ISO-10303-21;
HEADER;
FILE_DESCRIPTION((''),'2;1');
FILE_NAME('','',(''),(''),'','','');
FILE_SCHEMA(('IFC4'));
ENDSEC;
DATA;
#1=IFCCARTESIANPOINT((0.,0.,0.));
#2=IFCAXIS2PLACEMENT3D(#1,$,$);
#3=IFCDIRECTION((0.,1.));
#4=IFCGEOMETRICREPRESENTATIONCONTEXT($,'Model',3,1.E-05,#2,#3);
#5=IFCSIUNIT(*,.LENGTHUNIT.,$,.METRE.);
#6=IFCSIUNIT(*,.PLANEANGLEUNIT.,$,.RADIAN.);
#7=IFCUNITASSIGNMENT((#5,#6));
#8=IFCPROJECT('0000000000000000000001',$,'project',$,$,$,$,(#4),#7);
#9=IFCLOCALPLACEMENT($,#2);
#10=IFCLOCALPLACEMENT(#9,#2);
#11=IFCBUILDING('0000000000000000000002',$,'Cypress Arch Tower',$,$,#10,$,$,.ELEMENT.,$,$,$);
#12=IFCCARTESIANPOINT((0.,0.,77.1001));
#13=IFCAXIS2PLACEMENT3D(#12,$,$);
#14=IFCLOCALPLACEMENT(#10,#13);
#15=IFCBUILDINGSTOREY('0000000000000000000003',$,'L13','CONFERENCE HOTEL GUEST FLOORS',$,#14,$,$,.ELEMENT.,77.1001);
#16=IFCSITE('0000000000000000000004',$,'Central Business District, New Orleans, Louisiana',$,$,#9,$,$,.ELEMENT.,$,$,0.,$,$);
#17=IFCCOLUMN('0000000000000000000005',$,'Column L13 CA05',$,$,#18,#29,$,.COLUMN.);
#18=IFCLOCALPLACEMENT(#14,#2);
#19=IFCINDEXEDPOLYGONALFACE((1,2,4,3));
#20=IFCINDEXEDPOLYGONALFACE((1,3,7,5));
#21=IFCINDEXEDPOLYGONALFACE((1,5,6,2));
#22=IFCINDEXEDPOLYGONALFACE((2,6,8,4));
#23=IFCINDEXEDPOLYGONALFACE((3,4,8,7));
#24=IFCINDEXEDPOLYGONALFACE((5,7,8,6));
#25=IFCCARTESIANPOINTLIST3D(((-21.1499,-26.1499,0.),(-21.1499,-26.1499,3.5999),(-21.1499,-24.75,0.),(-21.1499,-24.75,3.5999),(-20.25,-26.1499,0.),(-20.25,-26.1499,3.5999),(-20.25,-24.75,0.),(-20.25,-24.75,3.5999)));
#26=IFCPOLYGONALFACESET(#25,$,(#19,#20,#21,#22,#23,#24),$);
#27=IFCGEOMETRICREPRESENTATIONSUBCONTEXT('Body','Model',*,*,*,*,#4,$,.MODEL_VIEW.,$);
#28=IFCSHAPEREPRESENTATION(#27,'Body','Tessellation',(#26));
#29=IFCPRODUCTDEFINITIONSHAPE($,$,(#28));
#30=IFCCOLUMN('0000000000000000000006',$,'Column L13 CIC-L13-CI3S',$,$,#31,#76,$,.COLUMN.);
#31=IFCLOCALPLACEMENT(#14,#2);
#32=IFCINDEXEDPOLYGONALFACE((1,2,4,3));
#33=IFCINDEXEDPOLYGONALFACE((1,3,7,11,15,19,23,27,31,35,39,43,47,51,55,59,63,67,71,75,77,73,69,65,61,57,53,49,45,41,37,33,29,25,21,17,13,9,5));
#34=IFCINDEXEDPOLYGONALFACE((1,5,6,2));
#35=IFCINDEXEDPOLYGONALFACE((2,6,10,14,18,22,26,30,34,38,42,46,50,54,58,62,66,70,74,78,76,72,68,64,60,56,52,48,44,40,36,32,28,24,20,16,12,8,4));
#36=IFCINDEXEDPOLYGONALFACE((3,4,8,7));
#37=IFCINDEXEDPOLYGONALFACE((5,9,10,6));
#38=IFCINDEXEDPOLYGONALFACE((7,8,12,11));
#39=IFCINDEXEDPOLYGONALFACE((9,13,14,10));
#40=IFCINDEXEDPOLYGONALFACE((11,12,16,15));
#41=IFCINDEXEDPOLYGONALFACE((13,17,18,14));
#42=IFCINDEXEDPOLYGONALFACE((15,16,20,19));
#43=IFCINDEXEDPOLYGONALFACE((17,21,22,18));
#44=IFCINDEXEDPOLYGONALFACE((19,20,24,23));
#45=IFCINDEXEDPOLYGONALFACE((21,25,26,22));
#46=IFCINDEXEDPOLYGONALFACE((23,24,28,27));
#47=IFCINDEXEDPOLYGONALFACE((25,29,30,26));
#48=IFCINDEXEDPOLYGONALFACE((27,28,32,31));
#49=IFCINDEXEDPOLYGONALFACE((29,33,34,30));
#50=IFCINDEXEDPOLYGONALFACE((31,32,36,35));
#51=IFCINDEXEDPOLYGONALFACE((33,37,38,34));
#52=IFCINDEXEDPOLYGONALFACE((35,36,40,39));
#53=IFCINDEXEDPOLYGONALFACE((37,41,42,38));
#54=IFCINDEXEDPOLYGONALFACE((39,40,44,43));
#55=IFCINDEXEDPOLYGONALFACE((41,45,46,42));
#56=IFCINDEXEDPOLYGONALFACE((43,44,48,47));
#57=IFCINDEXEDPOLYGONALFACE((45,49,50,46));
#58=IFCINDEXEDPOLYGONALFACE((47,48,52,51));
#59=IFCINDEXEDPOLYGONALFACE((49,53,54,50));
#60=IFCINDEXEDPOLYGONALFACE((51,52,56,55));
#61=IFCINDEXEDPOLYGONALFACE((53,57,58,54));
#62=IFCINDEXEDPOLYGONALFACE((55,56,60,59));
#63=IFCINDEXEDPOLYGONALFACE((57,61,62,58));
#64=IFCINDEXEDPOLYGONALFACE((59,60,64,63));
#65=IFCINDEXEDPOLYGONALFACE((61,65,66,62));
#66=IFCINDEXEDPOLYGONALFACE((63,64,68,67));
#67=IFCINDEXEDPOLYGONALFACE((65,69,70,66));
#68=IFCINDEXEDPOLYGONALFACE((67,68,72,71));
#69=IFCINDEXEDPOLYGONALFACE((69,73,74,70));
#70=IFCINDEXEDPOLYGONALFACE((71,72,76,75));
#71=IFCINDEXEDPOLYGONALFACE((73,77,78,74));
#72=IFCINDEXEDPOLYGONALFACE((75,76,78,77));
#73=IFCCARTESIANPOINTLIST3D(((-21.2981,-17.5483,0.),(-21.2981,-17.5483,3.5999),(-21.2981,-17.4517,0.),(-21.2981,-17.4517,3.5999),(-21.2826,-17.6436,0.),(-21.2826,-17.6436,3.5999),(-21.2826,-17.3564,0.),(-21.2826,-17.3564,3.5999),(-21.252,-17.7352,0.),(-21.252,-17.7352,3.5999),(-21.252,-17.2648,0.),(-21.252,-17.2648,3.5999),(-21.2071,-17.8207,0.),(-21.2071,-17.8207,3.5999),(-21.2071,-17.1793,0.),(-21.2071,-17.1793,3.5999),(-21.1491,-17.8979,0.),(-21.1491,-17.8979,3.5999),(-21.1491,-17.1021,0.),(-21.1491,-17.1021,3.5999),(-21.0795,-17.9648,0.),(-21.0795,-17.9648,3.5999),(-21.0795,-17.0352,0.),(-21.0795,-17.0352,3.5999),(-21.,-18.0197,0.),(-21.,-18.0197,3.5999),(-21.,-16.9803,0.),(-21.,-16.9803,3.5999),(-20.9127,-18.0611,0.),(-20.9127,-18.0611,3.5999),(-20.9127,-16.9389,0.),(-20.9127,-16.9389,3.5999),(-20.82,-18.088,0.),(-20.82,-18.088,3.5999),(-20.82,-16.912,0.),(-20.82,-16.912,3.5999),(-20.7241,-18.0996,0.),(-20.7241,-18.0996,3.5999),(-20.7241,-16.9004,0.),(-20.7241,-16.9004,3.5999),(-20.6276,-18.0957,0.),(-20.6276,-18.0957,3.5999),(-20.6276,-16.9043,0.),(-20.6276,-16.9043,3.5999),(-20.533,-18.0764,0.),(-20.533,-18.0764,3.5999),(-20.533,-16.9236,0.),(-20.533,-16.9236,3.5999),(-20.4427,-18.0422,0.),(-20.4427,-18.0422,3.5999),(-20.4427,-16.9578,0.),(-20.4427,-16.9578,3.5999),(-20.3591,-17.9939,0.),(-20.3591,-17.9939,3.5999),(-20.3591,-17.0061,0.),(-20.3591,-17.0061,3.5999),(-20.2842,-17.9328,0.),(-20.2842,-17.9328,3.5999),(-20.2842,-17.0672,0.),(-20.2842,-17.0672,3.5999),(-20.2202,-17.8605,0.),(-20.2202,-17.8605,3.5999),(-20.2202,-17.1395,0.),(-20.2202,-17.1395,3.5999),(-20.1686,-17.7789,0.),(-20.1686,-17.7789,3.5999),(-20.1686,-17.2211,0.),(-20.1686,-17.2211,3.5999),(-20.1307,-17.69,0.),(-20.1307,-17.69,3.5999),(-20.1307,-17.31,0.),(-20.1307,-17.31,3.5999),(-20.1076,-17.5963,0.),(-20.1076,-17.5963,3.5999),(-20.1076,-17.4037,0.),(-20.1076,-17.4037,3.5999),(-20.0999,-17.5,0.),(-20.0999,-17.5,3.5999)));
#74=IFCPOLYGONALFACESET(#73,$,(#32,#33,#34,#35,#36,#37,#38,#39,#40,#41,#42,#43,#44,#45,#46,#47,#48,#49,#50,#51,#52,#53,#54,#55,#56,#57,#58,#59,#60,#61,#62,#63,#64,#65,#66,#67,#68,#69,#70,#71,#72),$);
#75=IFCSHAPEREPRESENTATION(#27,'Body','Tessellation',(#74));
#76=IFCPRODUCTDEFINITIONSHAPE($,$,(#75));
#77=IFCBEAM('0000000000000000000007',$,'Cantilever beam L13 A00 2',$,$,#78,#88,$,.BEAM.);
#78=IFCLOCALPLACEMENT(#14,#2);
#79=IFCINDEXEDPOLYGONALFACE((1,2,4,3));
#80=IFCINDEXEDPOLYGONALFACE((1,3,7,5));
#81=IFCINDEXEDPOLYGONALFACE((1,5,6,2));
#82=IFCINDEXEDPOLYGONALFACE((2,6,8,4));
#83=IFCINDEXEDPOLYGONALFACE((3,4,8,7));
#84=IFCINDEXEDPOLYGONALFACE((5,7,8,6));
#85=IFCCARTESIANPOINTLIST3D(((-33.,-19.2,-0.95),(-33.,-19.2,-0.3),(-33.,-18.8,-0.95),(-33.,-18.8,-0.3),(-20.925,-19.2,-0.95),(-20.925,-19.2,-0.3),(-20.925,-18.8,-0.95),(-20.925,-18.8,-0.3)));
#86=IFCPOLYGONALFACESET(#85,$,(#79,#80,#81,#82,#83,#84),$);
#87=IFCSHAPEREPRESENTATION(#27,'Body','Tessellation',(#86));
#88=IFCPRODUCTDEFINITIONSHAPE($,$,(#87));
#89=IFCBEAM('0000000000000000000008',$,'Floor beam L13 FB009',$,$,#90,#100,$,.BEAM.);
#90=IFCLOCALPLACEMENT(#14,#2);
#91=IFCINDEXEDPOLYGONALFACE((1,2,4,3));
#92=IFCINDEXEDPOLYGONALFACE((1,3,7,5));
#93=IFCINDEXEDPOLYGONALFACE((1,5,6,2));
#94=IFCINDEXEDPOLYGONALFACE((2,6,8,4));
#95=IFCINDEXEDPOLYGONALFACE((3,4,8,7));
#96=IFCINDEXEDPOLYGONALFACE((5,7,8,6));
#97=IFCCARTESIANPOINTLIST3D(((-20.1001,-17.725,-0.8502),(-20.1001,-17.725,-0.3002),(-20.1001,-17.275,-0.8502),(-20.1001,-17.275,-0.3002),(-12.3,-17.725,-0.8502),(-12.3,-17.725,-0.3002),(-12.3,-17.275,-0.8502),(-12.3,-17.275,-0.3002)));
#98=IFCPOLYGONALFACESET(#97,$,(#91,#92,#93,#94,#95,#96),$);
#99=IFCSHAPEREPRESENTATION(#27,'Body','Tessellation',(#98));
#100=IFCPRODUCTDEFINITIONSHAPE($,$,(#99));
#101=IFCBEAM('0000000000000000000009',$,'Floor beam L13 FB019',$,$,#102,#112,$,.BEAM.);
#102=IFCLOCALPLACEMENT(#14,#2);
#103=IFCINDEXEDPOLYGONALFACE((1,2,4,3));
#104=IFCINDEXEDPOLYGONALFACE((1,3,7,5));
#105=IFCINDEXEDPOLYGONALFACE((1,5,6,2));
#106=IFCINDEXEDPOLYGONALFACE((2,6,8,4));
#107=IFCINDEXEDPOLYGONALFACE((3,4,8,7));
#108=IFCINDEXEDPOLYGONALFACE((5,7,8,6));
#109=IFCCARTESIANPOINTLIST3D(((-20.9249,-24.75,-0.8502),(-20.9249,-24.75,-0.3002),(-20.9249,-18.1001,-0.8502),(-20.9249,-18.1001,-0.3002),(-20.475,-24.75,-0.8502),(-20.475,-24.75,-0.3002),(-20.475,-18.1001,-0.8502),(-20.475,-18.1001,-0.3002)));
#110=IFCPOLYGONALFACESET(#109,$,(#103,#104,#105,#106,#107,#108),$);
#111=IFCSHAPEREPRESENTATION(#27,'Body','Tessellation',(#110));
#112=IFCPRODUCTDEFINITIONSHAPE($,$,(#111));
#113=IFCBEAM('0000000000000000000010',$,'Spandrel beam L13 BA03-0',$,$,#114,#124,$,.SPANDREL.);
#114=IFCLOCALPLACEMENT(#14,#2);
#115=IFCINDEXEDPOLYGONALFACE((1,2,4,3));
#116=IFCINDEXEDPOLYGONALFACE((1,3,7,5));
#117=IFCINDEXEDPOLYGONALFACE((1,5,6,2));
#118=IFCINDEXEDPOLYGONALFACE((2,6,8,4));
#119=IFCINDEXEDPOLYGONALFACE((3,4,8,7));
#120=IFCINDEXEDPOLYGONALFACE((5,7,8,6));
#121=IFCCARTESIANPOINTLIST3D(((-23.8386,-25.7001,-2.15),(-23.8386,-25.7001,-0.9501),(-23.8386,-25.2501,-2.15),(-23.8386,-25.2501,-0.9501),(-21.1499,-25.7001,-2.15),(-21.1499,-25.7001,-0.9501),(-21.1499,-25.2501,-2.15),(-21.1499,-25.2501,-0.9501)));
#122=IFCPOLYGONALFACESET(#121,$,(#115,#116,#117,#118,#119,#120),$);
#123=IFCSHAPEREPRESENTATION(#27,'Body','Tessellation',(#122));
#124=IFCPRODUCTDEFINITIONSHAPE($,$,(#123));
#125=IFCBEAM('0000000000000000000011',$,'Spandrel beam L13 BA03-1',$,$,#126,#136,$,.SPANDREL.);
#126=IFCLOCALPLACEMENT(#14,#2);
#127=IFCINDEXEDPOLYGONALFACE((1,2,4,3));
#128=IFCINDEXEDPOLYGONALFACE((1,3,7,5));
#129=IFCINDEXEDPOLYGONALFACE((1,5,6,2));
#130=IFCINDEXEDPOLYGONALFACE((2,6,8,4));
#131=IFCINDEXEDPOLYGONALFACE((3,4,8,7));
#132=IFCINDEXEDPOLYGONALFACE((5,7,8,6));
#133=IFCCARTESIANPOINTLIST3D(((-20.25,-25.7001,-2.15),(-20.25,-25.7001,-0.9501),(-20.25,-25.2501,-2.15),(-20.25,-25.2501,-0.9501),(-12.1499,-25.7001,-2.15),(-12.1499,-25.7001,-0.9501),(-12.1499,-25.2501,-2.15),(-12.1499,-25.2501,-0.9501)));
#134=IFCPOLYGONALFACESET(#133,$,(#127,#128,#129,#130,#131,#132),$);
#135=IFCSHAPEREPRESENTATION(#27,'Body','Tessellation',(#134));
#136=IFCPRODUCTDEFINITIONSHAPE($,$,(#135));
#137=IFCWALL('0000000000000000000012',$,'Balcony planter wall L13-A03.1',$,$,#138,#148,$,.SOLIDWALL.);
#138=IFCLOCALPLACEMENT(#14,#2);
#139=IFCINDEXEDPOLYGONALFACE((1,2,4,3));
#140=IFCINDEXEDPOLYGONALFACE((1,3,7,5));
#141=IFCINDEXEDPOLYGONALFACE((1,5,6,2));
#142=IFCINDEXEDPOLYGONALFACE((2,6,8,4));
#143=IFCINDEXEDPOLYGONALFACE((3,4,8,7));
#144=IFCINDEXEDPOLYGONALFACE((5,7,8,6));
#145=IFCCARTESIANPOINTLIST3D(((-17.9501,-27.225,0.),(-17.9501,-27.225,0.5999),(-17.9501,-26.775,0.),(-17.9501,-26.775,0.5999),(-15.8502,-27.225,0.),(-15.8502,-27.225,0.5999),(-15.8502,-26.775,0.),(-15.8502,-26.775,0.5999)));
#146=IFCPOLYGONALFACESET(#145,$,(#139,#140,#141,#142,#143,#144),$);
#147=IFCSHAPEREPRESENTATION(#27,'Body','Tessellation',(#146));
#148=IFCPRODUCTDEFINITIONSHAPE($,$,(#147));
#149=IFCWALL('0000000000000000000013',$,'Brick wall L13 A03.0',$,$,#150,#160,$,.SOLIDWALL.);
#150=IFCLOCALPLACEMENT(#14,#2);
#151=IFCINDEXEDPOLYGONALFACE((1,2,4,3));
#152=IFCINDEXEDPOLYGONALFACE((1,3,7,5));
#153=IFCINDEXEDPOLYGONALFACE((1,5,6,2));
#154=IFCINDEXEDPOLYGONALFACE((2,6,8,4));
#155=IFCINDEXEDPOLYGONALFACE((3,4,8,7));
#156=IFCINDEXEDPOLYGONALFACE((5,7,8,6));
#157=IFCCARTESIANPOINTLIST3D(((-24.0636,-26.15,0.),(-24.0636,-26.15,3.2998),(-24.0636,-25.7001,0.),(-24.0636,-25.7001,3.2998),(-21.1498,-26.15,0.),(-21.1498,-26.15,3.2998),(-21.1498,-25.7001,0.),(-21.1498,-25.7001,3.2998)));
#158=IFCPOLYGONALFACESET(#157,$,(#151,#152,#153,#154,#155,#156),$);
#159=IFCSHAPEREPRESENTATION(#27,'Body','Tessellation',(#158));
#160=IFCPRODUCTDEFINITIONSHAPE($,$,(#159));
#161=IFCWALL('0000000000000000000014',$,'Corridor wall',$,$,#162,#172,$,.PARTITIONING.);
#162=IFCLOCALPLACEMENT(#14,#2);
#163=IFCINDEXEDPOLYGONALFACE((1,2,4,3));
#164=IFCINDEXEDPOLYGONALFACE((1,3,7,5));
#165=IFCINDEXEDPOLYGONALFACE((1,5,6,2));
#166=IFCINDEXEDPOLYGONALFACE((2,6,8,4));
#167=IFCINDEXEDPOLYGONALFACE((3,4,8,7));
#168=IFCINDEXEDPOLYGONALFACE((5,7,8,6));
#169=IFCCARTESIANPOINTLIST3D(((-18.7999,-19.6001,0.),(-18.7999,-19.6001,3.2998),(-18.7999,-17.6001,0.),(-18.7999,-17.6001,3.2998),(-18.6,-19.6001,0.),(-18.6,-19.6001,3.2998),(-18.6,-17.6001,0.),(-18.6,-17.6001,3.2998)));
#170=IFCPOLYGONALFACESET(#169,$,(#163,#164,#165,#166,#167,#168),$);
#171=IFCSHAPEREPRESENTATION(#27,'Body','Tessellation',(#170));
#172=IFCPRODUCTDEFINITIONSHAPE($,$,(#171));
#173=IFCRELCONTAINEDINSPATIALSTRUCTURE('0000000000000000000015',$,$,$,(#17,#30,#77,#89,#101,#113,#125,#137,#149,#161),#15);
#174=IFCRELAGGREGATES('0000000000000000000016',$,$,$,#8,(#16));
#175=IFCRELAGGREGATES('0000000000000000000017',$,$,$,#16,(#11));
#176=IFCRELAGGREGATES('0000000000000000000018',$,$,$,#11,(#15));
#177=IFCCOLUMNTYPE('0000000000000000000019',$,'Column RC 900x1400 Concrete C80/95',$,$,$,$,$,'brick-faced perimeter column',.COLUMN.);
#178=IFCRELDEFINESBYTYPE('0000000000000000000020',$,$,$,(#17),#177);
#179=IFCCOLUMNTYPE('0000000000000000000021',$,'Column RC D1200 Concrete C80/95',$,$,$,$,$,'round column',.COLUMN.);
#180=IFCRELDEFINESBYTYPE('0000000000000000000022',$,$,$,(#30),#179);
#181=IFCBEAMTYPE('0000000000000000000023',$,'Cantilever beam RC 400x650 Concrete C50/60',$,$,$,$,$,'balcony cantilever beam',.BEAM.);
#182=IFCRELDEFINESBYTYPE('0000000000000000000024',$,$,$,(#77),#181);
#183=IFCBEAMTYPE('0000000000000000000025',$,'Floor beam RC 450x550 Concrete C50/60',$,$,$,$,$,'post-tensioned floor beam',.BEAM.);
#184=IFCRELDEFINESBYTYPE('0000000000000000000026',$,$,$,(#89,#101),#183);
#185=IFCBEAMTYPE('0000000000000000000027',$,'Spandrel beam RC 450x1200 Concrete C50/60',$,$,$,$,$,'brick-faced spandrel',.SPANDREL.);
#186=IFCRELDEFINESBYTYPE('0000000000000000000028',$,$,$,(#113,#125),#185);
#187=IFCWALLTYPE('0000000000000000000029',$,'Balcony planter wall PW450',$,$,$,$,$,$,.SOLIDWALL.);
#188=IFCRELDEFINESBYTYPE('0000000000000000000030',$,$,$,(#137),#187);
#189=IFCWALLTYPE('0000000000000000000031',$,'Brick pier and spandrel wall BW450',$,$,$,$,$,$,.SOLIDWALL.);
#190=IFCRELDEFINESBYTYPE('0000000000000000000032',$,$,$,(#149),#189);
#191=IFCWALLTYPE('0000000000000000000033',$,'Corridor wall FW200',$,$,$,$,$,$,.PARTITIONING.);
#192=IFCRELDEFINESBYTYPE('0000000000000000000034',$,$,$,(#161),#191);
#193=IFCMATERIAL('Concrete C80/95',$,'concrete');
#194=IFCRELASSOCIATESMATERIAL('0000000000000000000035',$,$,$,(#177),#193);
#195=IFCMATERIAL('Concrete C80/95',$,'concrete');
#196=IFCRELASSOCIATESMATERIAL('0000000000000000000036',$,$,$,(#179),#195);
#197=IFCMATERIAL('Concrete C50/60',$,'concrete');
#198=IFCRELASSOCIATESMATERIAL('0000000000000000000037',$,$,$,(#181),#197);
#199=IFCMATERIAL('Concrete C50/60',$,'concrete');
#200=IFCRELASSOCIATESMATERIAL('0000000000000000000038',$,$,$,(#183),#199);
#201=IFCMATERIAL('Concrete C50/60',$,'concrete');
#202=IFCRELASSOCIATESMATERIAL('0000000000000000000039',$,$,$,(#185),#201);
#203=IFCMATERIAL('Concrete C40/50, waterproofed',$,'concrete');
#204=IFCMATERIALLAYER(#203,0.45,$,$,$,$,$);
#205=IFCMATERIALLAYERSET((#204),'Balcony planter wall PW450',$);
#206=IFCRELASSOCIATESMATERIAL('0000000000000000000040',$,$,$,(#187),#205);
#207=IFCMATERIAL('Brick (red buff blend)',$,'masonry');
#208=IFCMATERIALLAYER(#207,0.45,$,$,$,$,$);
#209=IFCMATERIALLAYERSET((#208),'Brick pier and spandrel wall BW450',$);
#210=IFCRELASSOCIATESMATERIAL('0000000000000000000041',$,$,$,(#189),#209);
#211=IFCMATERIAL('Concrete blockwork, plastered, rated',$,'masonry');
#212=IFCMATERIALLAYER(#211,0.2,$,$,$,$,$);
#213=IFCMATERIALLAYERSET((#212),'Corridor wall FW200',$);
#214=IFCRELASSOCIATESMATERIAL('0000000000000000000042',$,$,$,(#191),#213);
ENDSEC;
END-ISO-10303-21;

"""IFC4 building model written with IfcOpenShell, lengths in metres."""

from ifc_helpers import new_model, si_unit, direction, frame, frame_2d, origin, origin_2d, place, context, subcontext, project, spatial, rectangle, circle, extrude, material, layer, layer_set, material_profile, profile_set, type_object, element, save


model = new_model("IFC4")

# Units and contexts
model_context = context("Model", 3, precision=1e-05, world=origin(), true_north=direction((0.0, 1.0)))
body_context = subcontext(model_context, "Body", "Model", "MODEL_VIEW")
ifc_project = project(units=[si_unit("LENGTHUNIT", "METRE"), si_unit("PLANEANGLEUNIT", "RADIAN")], contexts=[model_context])

# Site, building, storey
site_placement = place(None, origin())
site = spatial("IfcSite", under=ifc_project, at=site_placement, Name="Central Business District, New Orleans, Louisiana", CompositionType="ELEMENT", RefElevation=0.0)
building_placement = place(site_placement, origin())
building = spatial("IfcBuilding", under=site, at=building_placement, Name="Cypress Arch Tower", CompositionType="ELEMENT")
storey_placement = place(building_placement, frame((0.0, 0.0, 77.1001)))
storey = spatial("IfcBuildingStorey", under=building, at=storey_placement, Name="L13", Description="CONFERENCE HOTEL GUEST FLOORS", CompositionType="ELEMENT", Elevation=77.1001)

# Columns
ifc_material_1 = material(Name="Concrete C80/95", Category="concrete")
ifc_material_profile_1 = material_profile(ifc_material_1, rectangle(XDim=0.8999, YDim=1.3999, at=origin_2d()), Name="RC 900x1400")
ifc_profile_set_1 = profile_set([ifc_material_profile_1], Name="Concrete C80/95")
column_type_1 = type_object("IfcColumnType", Name="Column RC 900x1400 Concrete C80/95", ElementType="brick-faced perimeter column", PredefinedType="COLUMN", material=ifc_profile_set_1)
column_1_placement = place(storey_placement, frame((-20.7, -25.45, 0.0), z_axis=(0.0, 0.0, 1.0), x_axis=(1.0, 0.0, 0.0)))
element("IfcColumn", 1, at=column_1_placement, inside=storey, type_object=column_type_1, Name="Column L13 CA05", PredefinedType="COLUMN", context=body_context, shape_type="SweptSolid", body=[
    extrude(rectangle(XDim=0.8999, YDim=1.3999, at=origin_2d()), origin(), (0.0, 0.0, 1.0), 3.5999),
])
ifc_material_2 = material(Name="Concrete C80/95", Category="concrete")
ifc_material_profile_2 = material_profile(ifc_material_2, circle(Radius=0.6001, at=origin_2d()), Name="RC D1200")
ifc_profile_set_2 = profile_set([ifc_material_profile_2], Name="Concrete C80/95")
column_type_2 = type_object("IfcColumnType", Name="Column RC D1200 Concrete C80/95", ElementType="round column", PredefinedType="COLUMN", material=ifc_profile_set_2)
column_2_placement = place(storey_placement, frame((-20.7, -17.5, 0.0), z_axis=(0.0, 0.0, 1.0), x_axis=(1.0, 0.0, 0.0)))
element("IfcColumn", 2, at=column_2_placement, inside=storey, type_object=column_type_2, Name="Column L13 CIC-L13-CI3S", PredefinedType="COLUMN", context=body_context, shape_type="SweptSolid", body=[
    extrude(circle(Radius=0.6001, at=origin_2d()), origin(), (0.0, 0.0, 1.0), 3.5999),
])

# Beams
ifc_material_3 = material(Name="Concrete C50/60", Category="concrete")
ifc_material_profile_3 = material_profile(ifc_material_3, rectangle(XDim=0.3999, YDim=0.6499, at=origin_2d()), Name="RC 400x650")
ifc_profile_set_3 = profile_set([ifc_material_profile_3], Name="Concrete C50/60")
beam_type_1 = type_object("IfcBeamType", Name="Cantilever beam RC 400x650 Concrete C50/60", ElementType="balcony cantilever beam", PredefinedType="BEAM", material=ifc_profile_set_3)
beam_1_placement = place(storey_placement, frame((-20.925, -19.0, -0.625), z_axis=(-1.0, 0.0, 0.0), x_axis=(0.0, -1.0, 0.0)))
element("IfcBeam", 3, at=beam_1_placement, inside=storey, type_object=beam_type_1, Name="Cantilever beam L13 A00 2", PredefinedType="BEAM", context=body_context, shape_type="SweptSolid", body=[
    extrude(rectangle(XDim=0.3999, YDim=0.6499, at=origin_2d()), origin(), (0.0, 0.0, 1.0), 12.075),
])
ifc_material_4 = material(Name="Concrete C50/60", Category="concrete")
ifc_material_profile_4 = material_profile(ifc_material_4, rectangle(XDim=0.45, YDim=0.55, at=origin_2d()), Name="RC 450x550")
ifc_profile_set_4 = profile_set([ifc_material_profile_4], Name="Concrete C50/60")
beam_type_2 = type_object("IfcBeamType", Name="Floor beam RC 450x550 Concrete C50/60", ElementType="post-tensioned floor beam", PredefinedType="BEAM", material=ifc_profile_set_4)
beam_2_placement = place(storey_placement, frame((-20.1001, -17.5, -0.5752), z_axis=(1.0, 0.0, 0.0), x_axis=(0.0, 1.0, 0.0)))
element("IfcBeam", 4, at=beam_2_placement, inside=storey, type_object=beam_type_2, Name="Floor beam L13 FB009", PredefinedType="BEAM", context=body_context, shape_type="SweptSolid", body=[
    extrude(rectangle(XDim=0.45, YDim=0.55, at=origin_2d()), origin(), (0.0, 0.0, 1.0), 7.8),
])
beam_3_placement = place(storey_placement, frame((-20.7, -24.75, -0.5752), z_axis=(0.0, 1.0, 0.0), x_axis=(-1.0, 0.0, 0.0)))
element("IfcBeam", 5, at=beam_3_placement, inside=storey, type_object=beam_type_2, Name="Floor beam L13 FB019", PredefinedType="BEAM", context=body_context, shape_type="SweptSolid", body=[
    extrude(rectangle(XDim=0.45, YDim=0.55, at=origin_2d()), origin(), (0.0, 0.0, 1.0), 6.6499),
])
ifc_material_5 = material(Name="Concrete C50/60", Category="concrete")
ifc_material_profile_5 = material_profile(ifc_material_5, rectangle(XDim=0.45, YDim=1.2, at=origin_2d()), Name="RC 450x1200")
ifc_profile_set_5 = profile_set([ifc_material_profile_5], Name="Concrete C50/60")
beam_type_3 = type_object("IfcBeamType", Name="Spandrel beam RC 450x1200 Concrete C50/60", ElementType="brick-faced spandrel", PredefinedType="SPANDREL", material=ifc_profile_set_5)
beam_4_placement = place(storey_placement, frame((-23.8386, -25.4751, -1.55), z_axis=(1.0, 0.0, 0.0), x_axis=(0.0, 1.0, 0.0)))
element("IfcBeam", 6, at=beam_4_placement, inside=storey, type_object=beam_type_3, Name="Spandrel beam L13 BA03-0", PredefinedType="SPANDREL", context=body_context, shape_type="SweptSolid", body=[
    extrude(rectangle(XDim=0.45, YDim=1.2, at=origin_2d()), origin(), (0.0, 0.0, 1.0), 2.6887),
])
beam_5_placement = place(storey_placement, frame((-20.25, -25.4751, -1.55), z_axis=(1.0, 0.0, 0.0), x_axis=(0.0, 1.0, 0.0)))
element("IfcBeam", 7, at=beam_5_placement, inside=storey, type_object=beam_type_3, Name="Spandrel beam L13 BA03-1", PredefinedType="SPANDREL", context=body_context, shape_type="SweptSolid", body=[
    extrude(rectangle(XDim=0.45, YDim=1.2, at=origin_2d()), origin(), (0.0, 0.0, 1.0), 8.1001),
])

# Walls
ifc_material_6 = material(Name="Concrete C40/50, waterproofed", Category="concrete")
ifc_layer_1 = layer(ifc_material_6, 0.45)
ifc_layer_set_1 = layer_set([ifc_layer_1], Name="Balcony planter wall PW450")
wall_type_1 = type_object("IfcWallType", Name="Balcony planter wall PW450", PredefinedType="SOLIDWALL", material=ifc_layer_set_1)
wall_1_placement = place(storey_placement, frame((-17.95, -27.0, 0.0), z_axis=(0.0, 0.0, 1.0), x_axis=(1.0, 0.0, 0.0)))
element("IfcWall", 8, at=wall_1_placement, inside=storey, type_object=wall_type_1, Name="Balcony planter wall L13-A03.1", PredefinedType="SOLIDWALL", context=body_context, shape_type="SweptSolid", body=[
    extrude(rectangle(XDim=2.0999, YDim=0.45, at=frame_2d((1.0498, 0.0))), origin(), (0.0, 0.0, 1.0), 0.5999),
])
ifc_material_7 = material(Name="Brick (red buff blend)", Category="masonry")
ifc_layer_2 = layer(ifc_material_7, 0.45)
ifc_layer_set_2 = layer_set([ifc_layer_2], Name="Brick pier and spandrel wall BW450")
wall_type_2 = type_object("IfcWallType", Name="Brick pier and spandrel wall BW450", PredefinedType="SOLIDWALL", material=ifc_layer_set_2)
wall_2_placement = place(storey_placement, frame((-24.0637, -25.925, 0.0), z_axis=(0.0, 0.0, 1.0), x_axis=(1.0, 0.0, 0.0)))
element("IfcWall", 9, at=wall_2_placement, inside=storey, type_object=wall_type_2, Name="Brick wall L13 A03.0", PredefinedType="SOLIDWALL", context=body_context, shape_type="SweptSolid", body=[
    extrude(rectangle(XDim=2.9138, YDim=0.45, at=frame_2d((1.457, 0.0))), origin(), (0.0, 0.0, 1.0), 3.2998),
])

# Shared definitions
ifc_material_8 = material(Name="Concrete blockwork, plastered, rated", Category="masonry")
ifc_layer_3 = layer(ifc_material_8, 0.2)
ifc_layer_set_3 = layer_set([ifc_layer_3], Name="Corridor wall FW200")
wall_type_3 = type_object("IfcWallType", Name="Corridor wall FW200", PredefinedType="PARTITIONING", material=ifc_layer_set_3)

# Wall
wall_3_placement = place(storey_placement, frame((-18.7, -19.6001, 0.0), z_axis=(0.0, 0.0, 1.0), x_axis=(0.0, 1.0, 0.0)))
element("IfcWall", 10, at=wall_3_placement, inside=storey, type_object=wall_type_3, Name="Corridor wall", PredefinedType="PARTITIONING", context=body_context, shape_type="SweptSolid", body=[
    extrude(rectangle(XDim=2.0, YDim=0.2, at=frame_2d((1.0, 0.0))), origin(), (0.0, 0.0, 1.0), 3.2998),
])

save(model, "model.ifc")
